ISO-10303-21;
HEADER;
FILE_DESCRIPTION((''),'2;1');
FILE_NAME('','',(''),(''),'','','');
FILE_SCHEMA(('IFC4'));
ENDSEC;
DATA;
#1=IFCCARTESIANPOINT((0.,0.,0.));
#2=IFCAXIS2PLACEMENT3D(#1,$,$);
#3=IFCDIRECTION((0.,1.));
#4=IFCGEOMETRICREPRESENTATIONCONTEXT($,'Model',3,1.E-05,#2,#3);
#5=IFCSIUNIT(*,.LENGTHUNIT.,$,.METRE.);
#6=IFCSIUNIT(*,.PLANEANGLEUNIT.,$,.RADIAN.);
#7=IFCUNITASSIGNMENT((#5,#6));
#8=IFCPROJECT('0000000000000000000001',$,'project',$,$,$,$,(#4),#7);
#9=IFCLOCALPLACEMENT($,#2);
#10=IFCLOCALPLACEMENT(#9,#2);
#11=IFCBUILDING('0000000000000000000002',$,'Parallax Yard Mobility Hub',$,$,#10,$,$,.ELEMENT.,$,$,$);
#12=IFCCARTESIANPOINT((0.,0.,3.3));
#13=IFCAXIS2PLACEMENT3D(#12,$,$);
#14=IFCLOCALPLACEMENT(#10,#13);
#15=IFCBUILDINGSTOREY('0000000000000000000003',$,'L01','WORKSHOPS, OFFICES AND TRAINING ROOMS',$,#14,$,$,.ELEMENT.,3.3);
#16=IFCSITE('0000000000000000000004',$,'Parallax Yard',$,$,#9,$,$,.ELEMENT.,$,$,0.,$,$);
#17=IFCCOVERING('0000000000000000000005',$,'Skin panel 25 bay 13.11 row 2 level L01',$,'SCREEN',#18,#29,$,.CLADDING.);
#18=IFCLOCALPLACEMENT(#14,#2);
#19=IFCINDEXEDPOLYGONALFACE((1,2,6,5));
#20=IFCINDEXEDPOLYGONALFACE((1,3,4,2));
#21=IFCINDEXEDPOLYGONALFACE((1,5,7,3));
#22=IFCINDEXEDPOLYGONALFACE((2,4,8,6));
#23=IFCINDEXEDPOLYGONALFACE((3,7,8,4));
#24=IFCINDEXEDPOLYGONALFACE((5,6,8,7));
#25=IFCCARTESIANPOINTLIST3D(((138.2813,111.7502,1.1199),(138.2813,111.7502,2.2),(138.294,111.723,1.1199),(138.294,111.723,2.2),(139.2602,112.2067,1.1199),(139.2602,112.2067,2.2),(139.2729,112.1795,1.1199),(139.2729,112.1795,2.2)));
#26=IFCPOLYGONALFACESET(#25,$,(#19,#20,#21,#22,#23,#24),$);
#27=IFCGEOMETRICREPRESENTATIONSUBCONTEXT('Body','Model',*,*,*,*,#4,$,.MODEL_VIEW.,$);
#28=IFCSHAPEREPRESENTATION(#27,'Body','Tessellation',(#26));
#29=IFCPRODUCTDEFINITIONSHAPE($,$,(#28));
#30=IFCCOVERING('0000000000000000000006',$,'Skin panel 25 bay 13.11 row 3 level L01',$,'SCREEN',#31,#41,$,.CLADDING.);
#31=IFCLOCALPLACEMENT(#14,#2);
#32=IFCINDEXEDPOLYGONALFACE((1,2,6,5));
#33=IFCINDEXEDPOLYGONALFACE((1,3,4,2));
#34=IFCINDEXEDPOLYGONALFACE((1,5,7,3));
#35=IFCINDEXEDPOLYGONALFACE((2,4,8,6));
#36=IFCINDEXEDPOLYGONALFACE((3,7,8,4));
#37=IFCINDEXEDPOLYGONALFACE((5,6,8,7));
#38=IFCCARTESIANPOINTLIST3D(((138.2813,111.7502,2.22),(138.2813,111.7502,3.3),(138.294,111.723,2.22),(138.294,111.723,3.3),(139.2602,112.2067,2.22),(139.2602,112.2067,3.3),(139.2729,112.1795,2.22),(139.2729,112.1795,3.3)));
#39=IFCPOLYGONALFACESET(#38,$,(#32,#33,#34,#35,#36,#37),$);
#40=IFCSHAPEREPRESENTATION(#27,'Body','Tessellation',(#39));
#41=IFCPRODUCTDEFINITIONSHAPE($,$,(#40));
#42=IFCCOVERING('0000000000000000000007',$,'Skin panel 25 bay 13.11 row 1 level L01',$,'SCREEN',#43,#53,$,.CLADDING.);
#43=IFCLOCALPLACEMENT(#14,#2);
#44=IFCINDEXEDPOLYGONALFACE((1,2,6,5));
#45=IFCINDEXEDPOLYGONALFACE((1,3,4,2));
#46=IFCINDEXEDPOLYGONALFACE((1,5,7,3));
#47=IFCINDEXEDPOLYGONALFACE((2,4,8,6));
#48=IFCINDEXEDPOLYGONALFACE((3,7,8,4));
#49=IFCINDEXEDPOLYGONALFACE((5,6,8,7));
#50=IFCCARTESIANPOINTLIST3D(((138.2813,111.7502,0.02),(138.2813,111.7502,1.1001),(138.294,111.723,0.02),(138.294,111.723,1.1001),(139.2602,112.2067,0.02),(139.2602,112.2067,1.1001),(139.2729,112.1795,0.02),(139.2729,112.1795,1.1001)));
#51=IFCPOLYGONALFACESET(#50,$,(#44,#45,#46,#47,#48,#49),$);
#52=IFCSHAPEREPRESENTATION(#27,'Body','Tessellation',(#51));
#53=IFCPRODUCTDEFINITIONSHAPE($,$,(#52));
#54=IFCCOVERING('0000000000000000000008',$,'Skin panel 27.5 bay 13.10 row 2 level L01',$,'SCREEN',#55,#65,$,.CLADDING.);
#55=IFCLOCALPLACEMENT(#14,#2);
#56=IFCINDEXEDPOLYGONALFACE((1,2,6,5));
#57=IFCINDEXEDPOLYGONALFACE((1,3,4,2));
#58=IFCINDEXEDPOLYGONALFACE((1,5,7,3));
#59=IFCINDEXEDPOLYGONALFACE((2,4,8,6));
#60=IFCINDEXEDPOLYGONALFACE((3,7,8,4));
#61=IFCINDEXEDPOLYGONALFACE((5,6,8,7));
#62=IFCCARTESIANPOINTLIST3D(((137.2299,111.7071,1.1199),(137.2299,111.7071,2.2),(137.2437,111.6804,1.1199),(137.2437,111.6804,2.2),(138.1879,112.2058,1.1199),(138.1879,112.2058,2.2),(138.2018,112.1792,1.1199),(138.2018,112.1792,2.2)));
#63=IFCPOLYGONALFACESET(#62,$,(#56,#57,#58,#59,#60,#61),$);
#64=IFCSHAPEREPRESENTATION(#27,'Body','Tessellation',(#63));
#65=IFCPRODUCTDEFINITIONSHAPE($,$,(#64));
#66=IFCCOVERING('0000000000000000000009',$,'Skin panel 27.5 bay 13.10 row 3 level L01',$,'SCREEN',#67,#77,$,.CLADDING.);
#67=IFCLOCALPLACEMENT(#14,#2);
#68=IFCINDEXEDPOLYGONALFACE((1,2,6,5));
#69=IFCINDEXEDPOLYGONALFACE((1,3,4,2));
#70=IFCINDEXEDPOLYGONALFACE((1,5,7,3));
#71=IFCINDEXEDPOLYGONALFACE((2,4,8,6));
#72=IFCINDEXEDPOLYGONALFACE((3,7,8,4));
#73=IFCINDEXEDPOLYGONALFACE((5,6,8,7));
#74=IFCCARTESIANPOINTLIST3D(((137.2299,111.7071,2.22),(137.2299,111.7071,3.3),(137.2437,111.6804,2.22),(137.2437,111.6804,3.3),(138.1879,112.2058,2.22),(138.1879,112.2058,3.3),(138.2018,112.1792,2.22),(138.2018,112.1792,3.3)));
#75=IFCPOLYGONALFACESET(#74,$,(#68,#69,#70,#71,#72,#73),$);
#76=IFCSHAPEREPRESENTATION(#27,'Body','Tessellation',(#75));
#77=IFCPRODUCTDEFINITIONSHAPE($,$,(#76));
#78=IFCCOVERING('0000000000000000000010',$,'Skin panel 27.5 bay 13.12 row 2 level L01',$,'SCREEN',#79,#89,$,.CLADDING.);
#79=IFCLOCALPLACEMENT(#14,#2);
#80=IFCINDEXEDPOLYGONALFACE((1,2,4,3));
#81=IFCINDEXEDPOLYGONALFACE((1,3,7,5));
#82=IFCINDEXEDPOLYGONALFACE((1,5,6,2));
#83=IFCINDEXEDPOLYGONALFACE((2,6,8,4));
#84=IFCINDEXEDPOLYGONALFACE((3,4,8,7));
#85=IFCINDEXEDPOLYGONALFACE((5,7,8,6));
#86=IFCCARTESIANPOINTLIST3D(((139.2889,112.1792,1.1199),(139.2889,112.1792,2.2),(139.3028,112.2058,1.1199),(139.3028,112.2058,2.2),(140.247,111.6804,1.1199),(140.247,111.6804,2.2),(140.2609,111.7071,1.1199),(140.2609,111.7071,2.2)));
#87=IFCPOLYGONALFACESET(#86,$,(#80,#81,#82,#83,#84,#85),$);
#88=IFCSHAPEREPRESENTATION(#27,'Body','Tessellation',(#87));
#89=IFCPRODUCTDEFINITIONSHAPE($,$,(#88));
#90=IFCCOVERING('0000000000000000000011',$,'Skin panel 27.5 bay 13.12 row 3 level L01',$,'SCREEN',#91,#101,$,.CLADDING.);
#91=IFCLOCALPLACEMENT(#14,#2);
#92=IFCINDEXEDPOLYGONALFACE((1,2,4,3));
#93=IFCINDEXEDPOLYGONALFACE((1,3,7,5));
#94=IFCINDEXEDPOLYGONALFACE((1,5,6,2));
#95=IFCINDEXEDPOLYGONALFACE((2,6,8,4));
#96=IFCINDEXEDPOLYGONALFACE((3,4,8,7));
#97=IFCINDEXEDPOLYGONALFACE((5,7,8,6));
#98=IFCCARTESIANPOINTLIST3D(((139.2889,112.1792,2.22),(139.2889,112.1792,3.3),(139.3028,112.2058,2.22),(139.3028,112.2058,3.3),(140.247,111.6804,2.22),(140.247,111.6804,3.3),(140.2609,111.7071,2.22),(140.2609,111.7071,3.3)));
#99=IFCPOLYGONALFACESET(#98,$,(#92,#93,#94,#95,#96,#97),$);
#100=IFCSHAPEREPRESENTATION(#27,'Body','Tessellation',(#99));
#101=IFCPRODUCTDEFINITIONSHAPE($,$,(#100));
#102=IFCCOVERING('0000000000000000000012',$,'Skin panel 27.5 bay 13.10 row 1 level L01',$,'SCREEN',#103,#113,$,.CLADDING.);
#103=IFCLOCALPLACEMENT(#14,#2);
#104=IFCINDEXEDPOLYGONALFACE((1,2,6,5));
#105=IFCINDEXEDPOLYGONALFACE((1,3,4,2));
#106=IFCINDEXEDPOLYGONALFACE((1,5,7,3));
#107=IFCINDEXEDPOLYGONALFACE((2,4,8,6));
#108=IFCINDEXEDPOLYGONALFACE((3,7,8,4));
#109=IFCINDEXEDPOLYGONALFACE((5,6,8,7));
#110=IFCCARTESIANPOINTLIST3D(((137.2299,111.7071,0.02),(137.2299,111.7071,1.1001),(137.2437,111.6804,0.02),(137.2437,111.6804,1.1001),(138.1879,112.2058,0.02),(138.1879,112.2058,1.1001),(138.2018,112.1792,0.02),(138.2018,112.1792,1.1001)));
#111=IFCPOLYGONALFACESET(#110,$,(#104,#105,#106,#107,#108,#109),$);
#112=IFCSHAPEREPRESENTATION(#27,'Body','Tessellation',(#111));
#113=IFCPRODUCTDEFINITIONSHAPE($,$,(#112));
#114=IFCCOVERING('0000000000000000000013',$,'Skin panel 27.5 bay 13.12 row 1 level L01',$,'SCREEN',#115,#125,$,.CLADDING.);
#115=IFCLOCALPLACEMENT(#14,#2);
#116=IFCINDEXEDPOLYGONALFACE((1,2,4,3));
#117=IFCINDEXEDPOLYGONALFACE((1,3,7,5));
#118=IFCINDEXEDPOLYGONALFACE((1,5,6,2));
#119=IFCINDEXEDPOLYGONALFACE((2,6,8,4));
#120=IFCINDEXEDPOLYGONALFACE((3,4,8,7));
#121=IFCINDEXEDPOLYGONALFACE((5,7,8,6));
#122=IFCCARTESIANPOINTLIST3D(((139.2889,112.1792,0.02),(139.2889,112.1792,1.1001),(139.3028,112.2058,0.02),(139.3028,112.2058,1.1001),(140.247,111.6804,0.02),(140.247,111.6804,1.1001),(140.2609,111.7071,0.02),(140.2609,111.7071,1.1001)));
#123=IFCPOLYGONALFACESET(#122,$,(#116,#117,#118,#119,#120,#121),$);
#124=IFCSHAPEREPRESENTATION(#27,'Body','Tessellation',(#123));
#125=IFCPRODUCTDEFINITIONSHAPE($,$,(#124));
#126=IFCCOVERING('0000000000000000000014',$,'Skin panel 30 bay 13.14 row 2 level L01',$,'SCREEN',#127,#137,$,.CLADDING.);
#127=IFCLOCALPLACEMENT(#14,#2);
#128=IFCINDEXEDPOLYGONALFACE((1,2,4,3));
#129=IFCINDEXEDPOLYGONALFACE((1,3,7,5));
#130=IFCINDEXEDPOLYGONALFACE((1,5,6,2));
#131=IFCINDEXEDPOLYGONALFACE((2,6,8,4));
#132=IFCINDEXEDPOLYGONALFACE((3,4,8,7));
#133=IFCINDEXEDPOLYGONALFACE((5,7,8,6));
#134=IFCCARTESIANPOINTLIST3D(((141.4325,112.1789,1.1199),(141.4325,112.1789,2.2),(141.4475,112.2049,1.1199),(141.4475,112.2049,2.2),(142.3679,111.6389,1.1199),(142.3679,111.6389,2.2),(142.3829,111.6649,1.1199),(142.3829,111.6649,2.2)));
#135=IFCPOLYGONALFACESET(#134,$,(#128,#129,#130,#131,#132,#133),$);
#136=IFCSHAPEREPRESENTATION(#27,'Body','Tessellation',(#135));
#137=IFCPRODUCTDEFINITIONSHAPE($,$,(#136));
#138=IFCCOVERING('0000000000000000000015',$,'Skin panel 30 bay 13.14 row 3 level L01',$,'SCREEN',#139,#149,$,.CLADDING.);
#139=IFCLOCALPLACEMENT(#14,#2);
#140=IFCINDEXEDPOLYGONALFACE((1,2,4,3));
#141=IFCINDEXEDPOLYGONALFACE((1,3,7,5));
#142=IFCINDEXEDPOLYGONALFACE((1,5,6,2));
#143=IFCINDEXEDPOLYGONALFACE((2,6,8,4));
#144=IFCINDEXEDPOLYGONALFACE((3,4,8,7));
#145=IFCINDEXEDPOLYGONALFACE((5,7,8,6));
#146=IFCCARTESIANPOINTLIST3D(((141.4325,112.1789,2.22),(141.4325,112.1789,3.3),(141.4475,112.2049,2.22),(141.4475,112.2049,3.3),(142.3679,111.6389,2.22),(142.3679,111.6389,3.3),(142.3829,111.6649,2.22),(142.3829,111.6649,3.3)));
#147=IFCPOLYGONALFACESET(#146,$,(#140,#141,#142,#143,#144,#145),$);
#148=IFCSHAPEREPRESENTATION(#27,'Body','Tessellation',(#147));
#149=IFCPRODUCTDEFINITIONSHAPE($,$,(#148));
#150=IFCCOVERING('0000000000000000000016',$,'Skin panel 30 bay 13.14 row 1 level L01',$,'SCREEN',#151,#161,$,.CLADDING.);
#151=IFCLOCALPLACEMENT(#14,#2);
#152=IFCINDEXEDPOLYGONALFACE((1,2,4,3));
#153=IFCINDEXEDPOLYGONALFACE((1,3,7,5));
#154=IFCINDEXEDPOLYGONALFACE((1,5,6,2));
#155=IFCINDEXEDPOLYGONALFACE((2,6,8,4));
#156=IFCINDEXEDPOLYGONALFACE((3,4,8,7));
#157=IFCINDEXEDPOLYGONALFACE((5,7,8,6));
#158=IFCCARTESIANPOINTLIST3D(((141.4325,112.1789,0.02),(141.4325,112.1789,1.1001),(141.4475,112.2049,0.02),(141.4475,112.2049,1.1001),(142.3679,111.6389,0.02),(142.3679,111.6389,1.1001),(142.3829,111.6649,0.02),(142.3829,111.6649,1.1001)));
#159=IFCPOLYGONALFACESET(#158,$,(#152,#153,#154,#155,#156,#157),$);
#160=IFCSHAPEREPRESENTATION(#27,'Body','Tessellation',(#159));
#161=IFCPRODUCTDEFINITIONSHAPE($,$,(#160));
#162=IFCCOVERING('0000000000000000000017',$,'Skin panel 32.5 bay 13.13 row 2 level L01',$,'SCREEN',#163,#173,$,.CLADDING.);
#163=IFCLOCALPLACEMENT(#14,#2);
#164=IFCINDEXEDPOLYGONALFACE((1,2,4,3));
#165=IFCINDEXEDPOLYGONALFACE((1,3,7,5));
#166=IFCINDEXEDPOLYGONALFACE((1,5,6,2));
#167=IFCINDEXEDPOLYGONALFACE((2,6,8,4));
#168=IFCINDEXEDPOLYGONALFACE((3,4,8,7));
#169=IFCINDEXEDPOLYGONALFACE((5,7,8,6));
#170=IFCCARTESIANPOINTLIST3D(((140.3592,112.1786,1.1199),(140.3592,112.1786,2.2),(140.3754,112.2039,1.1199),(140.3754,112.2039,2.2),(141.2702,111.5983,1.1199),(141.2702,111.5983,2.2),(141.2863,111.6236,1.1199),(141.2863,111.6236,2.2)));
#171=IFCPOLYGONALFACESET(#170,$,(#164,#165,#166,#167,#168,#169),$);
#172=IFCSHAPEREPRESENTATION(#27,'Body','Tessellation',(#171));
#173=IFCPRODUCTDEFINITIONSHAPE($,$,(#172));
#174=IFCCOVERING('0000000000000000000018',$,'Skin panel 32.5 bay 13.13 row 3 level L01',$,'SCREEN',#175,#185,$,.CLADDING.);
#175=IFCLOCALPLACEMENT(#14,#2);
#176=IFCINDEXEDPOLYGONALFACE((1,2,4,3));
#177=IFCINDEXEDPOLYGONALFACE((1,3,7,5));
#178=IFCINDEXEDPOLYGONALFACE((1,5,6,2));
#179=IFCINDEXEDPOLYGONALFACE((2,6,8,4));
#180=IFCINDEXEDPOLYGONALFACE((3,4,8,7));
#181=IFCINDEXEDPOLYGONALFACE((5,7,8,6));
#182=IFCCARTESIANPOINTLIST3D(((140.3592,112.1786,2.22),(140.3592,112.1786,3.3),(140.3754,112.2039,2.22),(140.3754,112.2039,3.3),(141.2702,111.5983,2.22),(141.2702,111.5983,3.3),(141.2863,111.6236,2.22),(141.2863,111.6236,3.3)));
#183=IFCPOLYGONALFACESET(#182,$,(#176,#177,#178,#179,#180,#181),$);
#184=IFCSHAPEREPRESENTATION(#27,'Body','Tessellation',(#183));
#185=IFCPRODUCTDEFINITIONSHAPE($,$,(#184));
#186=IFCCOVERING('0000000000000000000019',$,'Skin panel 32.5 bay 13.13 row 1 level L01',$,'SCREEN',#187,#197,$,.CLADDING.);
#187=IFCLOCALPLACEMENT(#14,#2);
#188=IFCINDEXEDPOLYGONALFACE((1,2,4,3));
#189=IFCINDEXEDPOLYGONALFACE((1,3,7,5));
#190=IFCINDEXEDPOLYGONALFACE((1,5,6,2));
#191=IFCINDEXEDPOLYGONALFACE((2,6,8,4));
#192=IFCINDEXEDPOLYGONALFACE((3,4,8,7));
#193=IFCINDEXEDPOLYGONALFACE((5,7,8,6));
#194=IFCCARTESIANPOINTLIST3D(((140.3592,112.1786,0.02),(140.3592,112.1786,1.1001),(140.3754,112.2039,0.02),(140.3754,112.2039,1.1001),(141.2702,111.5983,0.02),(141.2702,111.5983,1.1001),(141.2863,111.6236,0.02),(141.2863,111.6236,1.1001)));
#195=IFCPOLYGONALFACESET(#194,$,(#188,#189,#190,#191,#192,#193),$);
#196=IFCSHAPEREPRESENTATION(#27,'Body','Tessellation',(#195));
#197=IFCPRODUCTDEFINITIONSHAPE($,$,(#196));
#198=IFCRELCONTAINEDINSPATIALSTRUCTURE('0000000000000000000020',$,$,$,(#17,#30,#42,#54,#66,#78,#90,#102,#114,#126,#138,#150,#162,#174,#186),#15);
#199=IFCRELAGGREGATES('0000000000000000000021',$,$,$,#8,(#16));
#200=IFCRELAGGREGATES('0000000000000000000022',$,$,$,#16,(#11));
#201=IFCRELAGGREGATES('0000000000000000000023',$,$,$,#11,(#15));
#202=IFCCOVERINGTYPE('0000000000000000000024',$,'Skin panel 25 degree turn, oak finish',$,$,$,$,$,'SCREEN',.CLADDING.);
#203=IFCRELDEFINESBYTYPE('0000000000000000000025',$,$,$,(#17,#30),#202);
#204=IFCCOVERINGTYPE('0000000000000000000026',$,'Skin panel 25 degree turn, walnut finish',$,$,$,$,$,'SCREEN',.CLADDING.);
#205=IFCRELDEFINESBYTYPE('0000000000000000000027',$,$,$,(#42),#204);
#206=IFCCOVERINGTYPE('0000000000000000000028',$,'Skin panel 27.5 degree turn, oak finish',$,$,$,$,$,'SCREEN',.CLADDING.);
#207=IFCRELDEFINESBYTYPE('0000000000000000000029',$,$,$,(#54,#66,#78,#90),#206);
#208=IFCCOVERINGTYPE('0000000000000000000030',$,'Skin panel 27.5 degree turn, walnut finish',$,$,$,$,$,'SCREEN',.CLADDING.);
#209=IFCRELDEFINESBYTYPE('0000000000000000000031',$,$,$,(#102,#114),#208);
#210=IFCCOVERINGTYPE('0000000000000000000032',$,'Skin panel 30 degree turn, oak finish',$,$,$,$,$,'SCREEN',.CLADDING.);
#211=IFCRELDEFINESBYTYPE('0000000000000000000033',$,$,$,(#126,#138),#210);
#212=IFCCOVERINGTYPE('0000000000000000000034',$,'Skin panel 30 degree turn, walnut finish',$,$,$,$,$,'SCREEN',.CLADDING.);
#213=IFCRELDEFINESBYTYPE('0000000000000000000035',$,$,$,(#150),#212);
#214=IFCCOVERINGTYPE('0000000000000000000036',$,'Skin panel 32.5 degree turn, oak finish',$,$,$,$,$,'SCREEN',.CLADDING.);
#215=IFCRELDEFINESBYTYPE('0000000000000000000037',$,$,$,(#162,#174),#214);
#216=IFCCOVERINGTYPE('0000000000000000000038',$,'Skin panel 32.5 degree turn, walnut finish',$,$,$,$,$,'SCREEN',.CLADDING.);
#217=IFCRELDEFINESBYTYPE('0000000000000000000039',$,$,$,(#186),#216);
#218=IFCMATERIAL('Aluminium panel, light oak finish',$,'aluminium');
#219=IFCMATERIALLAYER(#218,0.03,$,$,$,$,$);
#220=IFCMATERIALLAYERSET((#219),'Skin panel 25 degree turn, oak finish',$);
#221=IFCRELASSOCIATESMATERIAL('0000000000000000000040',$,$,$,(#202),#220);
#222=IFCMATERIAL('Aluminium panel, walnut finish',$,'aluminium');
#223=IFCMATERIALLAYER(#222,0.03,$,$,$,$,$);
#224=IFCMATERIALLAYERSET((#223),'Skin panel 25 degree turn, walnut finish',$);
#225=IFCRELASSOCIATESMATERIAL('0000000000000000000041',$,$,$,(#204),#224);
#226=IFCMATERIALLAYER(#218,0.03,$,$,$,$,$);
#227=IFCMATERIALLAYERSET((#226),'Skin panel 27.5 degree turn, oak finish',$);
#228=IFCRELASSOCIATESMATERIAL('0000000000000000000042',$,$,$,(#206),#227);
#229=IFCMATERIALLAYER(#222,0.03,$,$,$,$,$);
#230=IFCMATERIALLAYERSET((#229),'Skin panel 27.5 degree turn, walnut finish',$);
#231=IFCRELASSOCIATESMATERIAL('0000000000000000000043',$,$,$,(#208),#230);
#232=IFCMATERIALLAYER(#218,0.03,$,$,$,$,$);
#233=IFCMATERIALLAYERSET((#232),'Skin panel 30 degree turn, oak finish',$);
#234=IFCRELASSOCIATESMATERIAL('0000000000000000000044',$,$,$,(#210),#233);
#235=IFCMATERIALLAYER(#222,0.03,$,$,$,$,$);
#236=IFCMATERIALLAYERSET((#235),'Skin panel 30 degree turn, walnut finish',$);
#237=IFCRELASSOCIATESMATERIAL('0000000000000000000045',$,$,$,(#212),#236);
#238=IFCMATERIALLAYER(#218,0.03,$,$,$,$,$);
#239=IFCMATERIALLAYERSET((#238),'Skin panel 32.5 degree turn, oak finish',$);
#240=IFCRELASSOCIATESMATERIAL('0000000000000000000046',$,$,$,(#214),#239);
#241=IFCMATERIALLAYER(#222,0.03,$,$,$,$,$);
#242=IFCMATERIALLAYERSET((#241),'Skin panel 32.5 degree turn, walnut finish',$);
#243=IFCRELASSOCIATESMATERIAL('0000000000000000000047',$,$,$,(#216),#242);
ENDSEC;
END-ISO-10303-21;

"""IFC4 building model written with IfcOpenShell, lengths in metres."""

from ifc_helpers import new_model, si_unit, direction, frame, origin, origin_2d, place, context, subcontext, project, spatial, rectangle, extrude, material, layer, layer_set, type_object, element, save


model = new_model("IFC4")

# Units and contexts
model_context = context("Model", 3, precision=1e-05, world=origin(), true_north=direction((0.0, 1.0)))
body_context = subcontext(model_context, "Body", "Model", "MODEL_VIEW")
ifc_project = project(units=[si_unit("LENGTHUNIT", "METRE"), si_unit("PLANEANGLEUNIT", "RADIAN")], contexts=[model_context])

# Site, building, storey
site_placement = place(None, origin())
site = spatial("IfcSite", under=ifc_project, at=site_placement, Name="Parallax Yard", CompositionType="ELEMENT", RefElevation=0.0)
building_placement = place(site_placement, origin())
building = spatial("IfcBuilding", under=site, at=building_placement, Name="Parallax Yard Mobility Hub", CompositionType="ELEMENT")
storey_placement = place(building_placement, frame((0.0, 0.0, 3.3)))
storey = spatial("IfcBuildingStorey", under=building, at=storey_placement, Name="L01", Description="WORKSHOPS, OFFICES AND TRAINING ROOMS", CompositionType="ELEMENT", Elevation=3.3)

# Coverings
ifc_material_1 = material(Name="Aluminium panel, light oak finish", Category="aluminium")
ifc_layer_1 = layer(ifc_material_1, 0.03)
ifc_layer_set_1 = layer_set([ifc_layer_1], Name="Skin panel 25 degree turn, oak finish")
covering_type_1 = type_object("IfcCoveringType", Name="Skin panel 25 degree turn, oak finish", ElementType="SCREEN", PredefinedType="CLADDING", material=ifc_layer_set_1)
for number, where, z_axis, x_axis, name in (
    (1, (138.7771, 111.9648, 1.1199), (0.0, 0.0, 1.0), (-0.906308, -0.422618, 0.0), "Skin panel 25 bay 13.11 row 2 level L01"),
    (2, (138.7771, 111.9648, 2.22), (0.0, 0.0, 1.0), (-0.906308, -0.422618, 0.0), "Skin panel 25 bay 13.11 row 3 level L01"),
):
    element("IfcCovering", number, at=place(storey_placement, frame(where, z_axis=z_axis, x_axis=x_axis)), inside=storey, type_object=covering_type_1, Name=name, ObjectType="SCREEN", PredefinedType="CLADDING", context=body_context, shape_type="SweptSolid", body=[
        extrude(rectangle(XDim=1.0801, YDim=0.03, at=origin_2d()), origin(), (0.0, 0.0, 1.0), 1.0801),
    ])
ifc_material_2 = material(Name="Aluminium panel, walnut finish", Category="aluminium")
ifc_layer_2 = layer(ifc_material_2, 0.03)
ifc_layer_set_2 = layer_set([ifc_layer_2], Name="Skin panel 25 degree turn, walnut finish")
covering_type_2 = type_object("IfcCoveringType", Name="Skin panel 25 degree turn, walnut finish", ElementType="SCREEN", PredefinedType="CLADDING", material=ifc_layer_set_2)
covering_1_placement = place(storey_placement, frame((138.7771, 111.9648, 0.02), z_axis=(0.0, 0.0, 1.0), x_axis=(-0.906308, -0.422618, 0.0)))
element("IfcCovering", 3, at=covering_1_placement, inside=storey, type_object=covering_type_2, Name="Skin panel 25 bay 13.11 row 1 level L01", ObjectType="SCREEN", PredefinedType="CLADDING", context=body_context, shape_type="SweptSolid", body=[
    extrude(rectangle(XDim=1.0801, YDim=0.03, at=origin_2d()), origin(), (0.0, 0.0, 1.0), 1.0801),
])
ifc_layer_3 = layer(ifc_material_1, 0.03)
ifc_layer_set_3 = layer_set([ifc_layer_3], Name="Skin panel 27.5 degree turn, oak finish")
covering_type_3 = type_object("IfcCoveringType", Name="Skin panel 27.5 degree turn, oak finish", ElementType="SCREEN", PredefinedType="CLADDING", material=ifc_layer_set_3)
for number, where, z_axis, x_axis, name in (
    (4, (137.7158, 111.9431, 1.1199), (0.0, 0.0, 1.0), (-0.887011, -0.461749, 0.0), "Skin panel 27.5 bay 13.10 row 2 level L01"),
    (5, (137.7158, 111.9431, 2.22), (0.0, 0.0, 1.0), (-0.887011, -0.461749, 0.0), "Skin panel 27.5 bay 13.10 row 3 level L01"),
    (6, (139.7749, 111.9431, 1.1199), (0.0, 0.0, 1.0), (0.887011, -0.461749, 0.0), "Skin panel 27.5 bay 13.12 row 2 level L01"),
    (7, (139.7749, 111.9431, 2.22), (0.0, 0.0, 1.0), (0.887011, -0.461749, 0.0), "Skin panel 27.5 bay 13.12 row 3 level L01"),
):
    element("IfcCovering", number, at=place(storey_placement, frame(where, z_axis=z_axis, x_axis=x_axis)), inside=storey, type_object=covering_type_3, Name=name, ObjectType="SCREEN", PredefinedType="CLADDING", context=body_context, shape_type="SweptSolid", body=[
        extrude(rectangle(XDim=1.0801, YDim=0.03, at=origin_2d()), origin(), (0.0, 0.0, 1.0), 1.0801),
    ])
ifc_layer_4 = layer(ifc_material_2, 0.03)
ifc_layer_set_4 = layer_set([ifc_layer_4], Name="Skin panel 27.5 degree turn, walnut finish")
covering_type_4 = type_object("IfcCoveringType", Name="Skin panel 27.5 degree turn, walnut finish", ElementType="SCREEN", PredefinedType="CLADDING", material=ifc_layer_set_4)
for number, where, z_axis, x_axis, name in (
    (8, (137.7158, 111.9431, 0.02), (0.0, 0.0, 1.0), (-0.887011, -0.461749, 0.0), "Skin panel 27.5 bay 13.10 row 1 level L01"),
    (9, (139.7749, 111.9431, 0.02), (0.0, 0.0, 1.0), (0.887011, -0.461749, 0.0), "Skin panel 27.5 bay 13.12 row 1 level L01"),
):
    element("IfcCovering", number, at=place(storey_placement, frame(where, z_axis=z_axis, x_axis=x_axis)), inside=storey, type_object=covering_type_4, Name=name, ObjectType="SCREEN", PredefinedType="CLADDING", context=body_context, shape_type="SweptSolid", body=[
        extrude(rectangle(XDim=1.0801, YDim=0.03, at=origin_2d()), origin(), (0.0, 0.0, 1.0), 1.0801),
    ])
ifc_layer_5 = layer(ifc_material_1, 0.03)
ifc_layer_set_5 = layer_set([ifc_layer_5], Name="Skin panel 30 degree turn, oak finish")
covering_type_5 = type_object("IfcCoveringType", Name="Skin panel 30 degree turn, oak finish", ElementType="SCREEN", PredefinedType="CLADDING", material=ifc_layer_set_5)
for number, where, z_axis, x_axis, name in (
    (10, (141.9077, 111.9219, 1.1199), (0.0, 0.0, 1.0), (0.866025, -0.5, 0.0), "Skin panel 30 bay 13.14 row 2 level L01"),
    (11, (141.9077, 111.9219, 2.22), (0.0, 0.0, 1.0), (0.866025, -0.5, 0.0), "Skin panel 30 bay 13.14 row 3 level L01"),
):
    element("IfcCovering", number, at=place(storey_placement, frame(where, z_axis=z_axis, x_axis=x_axis)), inside=storey, type_object=covering_type_5, Name=name, ObjectType="SCREEN", PredefinedType="CLADDING", context=body_context, shape_type="SweptSolid", body=[
        extrude(rectangle(XDim=1.0801, YDim=0.03, at=origin_2d()), origin(), (0.0, 0.0, 1.0), 1.0801),
    ])
ifc_layer_6 = layer(ifc_material_2, 0.03)
ifc_layer_set_6 = layer_set([ifc_layer_6], Name="Skin panel 30 degree turn, walnut finish")
covering_type_6 = type_object("IfcCoveringType", Name="Skin panel 30 degree turn, walnut finish", ElementType="SCREEN", PredefinedType="CLADDING", material=ifc_layer_set_6)
covering_2_placement = place(storey_placement, frame((141.9077, 111.9219, 0.02), z_axis=(0.0, 0.0, 1.0), x_axis=(0.866025, -0.5, 0.0)))
element("IfcCovering", 12, at=covering_2_placement, inside=storey, type_object=covering_type_6, Name="Skin panel 30 bay 13.14 row 1 level L01", ObjectType="SCREEN", PredefinedType="CLADDING", context=body_context, shape_type="SweptSolid", body=[
    extrude(rectangle(XDim=1.0801, YDim=0.03, at=origin_2d()), origin(), (0.0, 0.0, 1.0), 1.0801),
])
ifc_layer_7 = layer(ifc_material_1, 0.03)
ifc_layer_set_7 = layer_set([ifc_layer_7], Name="Skin panel 32.5 degree turn, oak finish")
covering_type_7 = type_object("IfcCoveringType", Name="Skin panel 32.5 degree turn, oak finish", ElementType="SCREEN", PredefinedType="CLADDING", material=ifc_layer_set_7)
for number, where, z_axis, x_axis, name in (
    (13, (140.8228, 111.9011, 1.1199), (0.0, 0.0, 1.0), (0.843391, -0.5373, 0.0), "Skin panel 32.5 bay 13.13 row 2 level L01"),
    (14, (140.8228, 111.9011, 2.22), (0.0, 0.0, 1.0), (0.843391, -0.5373, 0.0), "Skin panel 32.5 bay 13.13 row 3 level L01"),
):
    element("IfcCovering", number, at=place(storey_placement, frame(where, z_axis=z_axis, x_axis=x_axis)), inside=storey, type_object=covering_type_7, Name=name, ObjectType="SCREEN", PredefinedType="CLADDING", context=body_context, shape_type="SweptSolid", body=[
        extrude(rectangle(XDim=1.0801, YDim=0.03, at=origin_2d()), origin(), (0.0, 0.0, 1.0), 1.0801),
    ])
ifc_layer_8 = layer(ifc_material_2, 0.03)
ifc_layer_set_8 = layer_set([ifc_layer_8], Name="Skin panel 32.5 degree turn, walnut finish")
covering_type_8 = type_object("IfcCoveringType", Name="Skin panel 32.5 degree turn, walnut finish", ElementType="SCREEN", PredefinedType="CLADDING", material=ifc_layer_set_8)
covering_3_placement = place(storey_placement, frame((140.8228, 111.9011, 0.02), z_axis=(0.0, 0.0, 1.0), x_axis=(0.843391, -0.5373, 0.0)))
element("IfcCovering", 15, at=covering_3_placement, inside=storey, type_object=covering_type_8, Name="Skin panel 32.5 bay 13.13 row 1 level L01", ObjectType="SCREEN", PredefinedType="CLADDING", context=body_context, shape_type="SweptSolid", body=[
    extrude(rectangle(XDim=1.0801, YDim=0.03, at=origin_2d()), origin(), (0.0, 0.0, 1.0), 1.0801),
])

save(model, "model.ifc")
